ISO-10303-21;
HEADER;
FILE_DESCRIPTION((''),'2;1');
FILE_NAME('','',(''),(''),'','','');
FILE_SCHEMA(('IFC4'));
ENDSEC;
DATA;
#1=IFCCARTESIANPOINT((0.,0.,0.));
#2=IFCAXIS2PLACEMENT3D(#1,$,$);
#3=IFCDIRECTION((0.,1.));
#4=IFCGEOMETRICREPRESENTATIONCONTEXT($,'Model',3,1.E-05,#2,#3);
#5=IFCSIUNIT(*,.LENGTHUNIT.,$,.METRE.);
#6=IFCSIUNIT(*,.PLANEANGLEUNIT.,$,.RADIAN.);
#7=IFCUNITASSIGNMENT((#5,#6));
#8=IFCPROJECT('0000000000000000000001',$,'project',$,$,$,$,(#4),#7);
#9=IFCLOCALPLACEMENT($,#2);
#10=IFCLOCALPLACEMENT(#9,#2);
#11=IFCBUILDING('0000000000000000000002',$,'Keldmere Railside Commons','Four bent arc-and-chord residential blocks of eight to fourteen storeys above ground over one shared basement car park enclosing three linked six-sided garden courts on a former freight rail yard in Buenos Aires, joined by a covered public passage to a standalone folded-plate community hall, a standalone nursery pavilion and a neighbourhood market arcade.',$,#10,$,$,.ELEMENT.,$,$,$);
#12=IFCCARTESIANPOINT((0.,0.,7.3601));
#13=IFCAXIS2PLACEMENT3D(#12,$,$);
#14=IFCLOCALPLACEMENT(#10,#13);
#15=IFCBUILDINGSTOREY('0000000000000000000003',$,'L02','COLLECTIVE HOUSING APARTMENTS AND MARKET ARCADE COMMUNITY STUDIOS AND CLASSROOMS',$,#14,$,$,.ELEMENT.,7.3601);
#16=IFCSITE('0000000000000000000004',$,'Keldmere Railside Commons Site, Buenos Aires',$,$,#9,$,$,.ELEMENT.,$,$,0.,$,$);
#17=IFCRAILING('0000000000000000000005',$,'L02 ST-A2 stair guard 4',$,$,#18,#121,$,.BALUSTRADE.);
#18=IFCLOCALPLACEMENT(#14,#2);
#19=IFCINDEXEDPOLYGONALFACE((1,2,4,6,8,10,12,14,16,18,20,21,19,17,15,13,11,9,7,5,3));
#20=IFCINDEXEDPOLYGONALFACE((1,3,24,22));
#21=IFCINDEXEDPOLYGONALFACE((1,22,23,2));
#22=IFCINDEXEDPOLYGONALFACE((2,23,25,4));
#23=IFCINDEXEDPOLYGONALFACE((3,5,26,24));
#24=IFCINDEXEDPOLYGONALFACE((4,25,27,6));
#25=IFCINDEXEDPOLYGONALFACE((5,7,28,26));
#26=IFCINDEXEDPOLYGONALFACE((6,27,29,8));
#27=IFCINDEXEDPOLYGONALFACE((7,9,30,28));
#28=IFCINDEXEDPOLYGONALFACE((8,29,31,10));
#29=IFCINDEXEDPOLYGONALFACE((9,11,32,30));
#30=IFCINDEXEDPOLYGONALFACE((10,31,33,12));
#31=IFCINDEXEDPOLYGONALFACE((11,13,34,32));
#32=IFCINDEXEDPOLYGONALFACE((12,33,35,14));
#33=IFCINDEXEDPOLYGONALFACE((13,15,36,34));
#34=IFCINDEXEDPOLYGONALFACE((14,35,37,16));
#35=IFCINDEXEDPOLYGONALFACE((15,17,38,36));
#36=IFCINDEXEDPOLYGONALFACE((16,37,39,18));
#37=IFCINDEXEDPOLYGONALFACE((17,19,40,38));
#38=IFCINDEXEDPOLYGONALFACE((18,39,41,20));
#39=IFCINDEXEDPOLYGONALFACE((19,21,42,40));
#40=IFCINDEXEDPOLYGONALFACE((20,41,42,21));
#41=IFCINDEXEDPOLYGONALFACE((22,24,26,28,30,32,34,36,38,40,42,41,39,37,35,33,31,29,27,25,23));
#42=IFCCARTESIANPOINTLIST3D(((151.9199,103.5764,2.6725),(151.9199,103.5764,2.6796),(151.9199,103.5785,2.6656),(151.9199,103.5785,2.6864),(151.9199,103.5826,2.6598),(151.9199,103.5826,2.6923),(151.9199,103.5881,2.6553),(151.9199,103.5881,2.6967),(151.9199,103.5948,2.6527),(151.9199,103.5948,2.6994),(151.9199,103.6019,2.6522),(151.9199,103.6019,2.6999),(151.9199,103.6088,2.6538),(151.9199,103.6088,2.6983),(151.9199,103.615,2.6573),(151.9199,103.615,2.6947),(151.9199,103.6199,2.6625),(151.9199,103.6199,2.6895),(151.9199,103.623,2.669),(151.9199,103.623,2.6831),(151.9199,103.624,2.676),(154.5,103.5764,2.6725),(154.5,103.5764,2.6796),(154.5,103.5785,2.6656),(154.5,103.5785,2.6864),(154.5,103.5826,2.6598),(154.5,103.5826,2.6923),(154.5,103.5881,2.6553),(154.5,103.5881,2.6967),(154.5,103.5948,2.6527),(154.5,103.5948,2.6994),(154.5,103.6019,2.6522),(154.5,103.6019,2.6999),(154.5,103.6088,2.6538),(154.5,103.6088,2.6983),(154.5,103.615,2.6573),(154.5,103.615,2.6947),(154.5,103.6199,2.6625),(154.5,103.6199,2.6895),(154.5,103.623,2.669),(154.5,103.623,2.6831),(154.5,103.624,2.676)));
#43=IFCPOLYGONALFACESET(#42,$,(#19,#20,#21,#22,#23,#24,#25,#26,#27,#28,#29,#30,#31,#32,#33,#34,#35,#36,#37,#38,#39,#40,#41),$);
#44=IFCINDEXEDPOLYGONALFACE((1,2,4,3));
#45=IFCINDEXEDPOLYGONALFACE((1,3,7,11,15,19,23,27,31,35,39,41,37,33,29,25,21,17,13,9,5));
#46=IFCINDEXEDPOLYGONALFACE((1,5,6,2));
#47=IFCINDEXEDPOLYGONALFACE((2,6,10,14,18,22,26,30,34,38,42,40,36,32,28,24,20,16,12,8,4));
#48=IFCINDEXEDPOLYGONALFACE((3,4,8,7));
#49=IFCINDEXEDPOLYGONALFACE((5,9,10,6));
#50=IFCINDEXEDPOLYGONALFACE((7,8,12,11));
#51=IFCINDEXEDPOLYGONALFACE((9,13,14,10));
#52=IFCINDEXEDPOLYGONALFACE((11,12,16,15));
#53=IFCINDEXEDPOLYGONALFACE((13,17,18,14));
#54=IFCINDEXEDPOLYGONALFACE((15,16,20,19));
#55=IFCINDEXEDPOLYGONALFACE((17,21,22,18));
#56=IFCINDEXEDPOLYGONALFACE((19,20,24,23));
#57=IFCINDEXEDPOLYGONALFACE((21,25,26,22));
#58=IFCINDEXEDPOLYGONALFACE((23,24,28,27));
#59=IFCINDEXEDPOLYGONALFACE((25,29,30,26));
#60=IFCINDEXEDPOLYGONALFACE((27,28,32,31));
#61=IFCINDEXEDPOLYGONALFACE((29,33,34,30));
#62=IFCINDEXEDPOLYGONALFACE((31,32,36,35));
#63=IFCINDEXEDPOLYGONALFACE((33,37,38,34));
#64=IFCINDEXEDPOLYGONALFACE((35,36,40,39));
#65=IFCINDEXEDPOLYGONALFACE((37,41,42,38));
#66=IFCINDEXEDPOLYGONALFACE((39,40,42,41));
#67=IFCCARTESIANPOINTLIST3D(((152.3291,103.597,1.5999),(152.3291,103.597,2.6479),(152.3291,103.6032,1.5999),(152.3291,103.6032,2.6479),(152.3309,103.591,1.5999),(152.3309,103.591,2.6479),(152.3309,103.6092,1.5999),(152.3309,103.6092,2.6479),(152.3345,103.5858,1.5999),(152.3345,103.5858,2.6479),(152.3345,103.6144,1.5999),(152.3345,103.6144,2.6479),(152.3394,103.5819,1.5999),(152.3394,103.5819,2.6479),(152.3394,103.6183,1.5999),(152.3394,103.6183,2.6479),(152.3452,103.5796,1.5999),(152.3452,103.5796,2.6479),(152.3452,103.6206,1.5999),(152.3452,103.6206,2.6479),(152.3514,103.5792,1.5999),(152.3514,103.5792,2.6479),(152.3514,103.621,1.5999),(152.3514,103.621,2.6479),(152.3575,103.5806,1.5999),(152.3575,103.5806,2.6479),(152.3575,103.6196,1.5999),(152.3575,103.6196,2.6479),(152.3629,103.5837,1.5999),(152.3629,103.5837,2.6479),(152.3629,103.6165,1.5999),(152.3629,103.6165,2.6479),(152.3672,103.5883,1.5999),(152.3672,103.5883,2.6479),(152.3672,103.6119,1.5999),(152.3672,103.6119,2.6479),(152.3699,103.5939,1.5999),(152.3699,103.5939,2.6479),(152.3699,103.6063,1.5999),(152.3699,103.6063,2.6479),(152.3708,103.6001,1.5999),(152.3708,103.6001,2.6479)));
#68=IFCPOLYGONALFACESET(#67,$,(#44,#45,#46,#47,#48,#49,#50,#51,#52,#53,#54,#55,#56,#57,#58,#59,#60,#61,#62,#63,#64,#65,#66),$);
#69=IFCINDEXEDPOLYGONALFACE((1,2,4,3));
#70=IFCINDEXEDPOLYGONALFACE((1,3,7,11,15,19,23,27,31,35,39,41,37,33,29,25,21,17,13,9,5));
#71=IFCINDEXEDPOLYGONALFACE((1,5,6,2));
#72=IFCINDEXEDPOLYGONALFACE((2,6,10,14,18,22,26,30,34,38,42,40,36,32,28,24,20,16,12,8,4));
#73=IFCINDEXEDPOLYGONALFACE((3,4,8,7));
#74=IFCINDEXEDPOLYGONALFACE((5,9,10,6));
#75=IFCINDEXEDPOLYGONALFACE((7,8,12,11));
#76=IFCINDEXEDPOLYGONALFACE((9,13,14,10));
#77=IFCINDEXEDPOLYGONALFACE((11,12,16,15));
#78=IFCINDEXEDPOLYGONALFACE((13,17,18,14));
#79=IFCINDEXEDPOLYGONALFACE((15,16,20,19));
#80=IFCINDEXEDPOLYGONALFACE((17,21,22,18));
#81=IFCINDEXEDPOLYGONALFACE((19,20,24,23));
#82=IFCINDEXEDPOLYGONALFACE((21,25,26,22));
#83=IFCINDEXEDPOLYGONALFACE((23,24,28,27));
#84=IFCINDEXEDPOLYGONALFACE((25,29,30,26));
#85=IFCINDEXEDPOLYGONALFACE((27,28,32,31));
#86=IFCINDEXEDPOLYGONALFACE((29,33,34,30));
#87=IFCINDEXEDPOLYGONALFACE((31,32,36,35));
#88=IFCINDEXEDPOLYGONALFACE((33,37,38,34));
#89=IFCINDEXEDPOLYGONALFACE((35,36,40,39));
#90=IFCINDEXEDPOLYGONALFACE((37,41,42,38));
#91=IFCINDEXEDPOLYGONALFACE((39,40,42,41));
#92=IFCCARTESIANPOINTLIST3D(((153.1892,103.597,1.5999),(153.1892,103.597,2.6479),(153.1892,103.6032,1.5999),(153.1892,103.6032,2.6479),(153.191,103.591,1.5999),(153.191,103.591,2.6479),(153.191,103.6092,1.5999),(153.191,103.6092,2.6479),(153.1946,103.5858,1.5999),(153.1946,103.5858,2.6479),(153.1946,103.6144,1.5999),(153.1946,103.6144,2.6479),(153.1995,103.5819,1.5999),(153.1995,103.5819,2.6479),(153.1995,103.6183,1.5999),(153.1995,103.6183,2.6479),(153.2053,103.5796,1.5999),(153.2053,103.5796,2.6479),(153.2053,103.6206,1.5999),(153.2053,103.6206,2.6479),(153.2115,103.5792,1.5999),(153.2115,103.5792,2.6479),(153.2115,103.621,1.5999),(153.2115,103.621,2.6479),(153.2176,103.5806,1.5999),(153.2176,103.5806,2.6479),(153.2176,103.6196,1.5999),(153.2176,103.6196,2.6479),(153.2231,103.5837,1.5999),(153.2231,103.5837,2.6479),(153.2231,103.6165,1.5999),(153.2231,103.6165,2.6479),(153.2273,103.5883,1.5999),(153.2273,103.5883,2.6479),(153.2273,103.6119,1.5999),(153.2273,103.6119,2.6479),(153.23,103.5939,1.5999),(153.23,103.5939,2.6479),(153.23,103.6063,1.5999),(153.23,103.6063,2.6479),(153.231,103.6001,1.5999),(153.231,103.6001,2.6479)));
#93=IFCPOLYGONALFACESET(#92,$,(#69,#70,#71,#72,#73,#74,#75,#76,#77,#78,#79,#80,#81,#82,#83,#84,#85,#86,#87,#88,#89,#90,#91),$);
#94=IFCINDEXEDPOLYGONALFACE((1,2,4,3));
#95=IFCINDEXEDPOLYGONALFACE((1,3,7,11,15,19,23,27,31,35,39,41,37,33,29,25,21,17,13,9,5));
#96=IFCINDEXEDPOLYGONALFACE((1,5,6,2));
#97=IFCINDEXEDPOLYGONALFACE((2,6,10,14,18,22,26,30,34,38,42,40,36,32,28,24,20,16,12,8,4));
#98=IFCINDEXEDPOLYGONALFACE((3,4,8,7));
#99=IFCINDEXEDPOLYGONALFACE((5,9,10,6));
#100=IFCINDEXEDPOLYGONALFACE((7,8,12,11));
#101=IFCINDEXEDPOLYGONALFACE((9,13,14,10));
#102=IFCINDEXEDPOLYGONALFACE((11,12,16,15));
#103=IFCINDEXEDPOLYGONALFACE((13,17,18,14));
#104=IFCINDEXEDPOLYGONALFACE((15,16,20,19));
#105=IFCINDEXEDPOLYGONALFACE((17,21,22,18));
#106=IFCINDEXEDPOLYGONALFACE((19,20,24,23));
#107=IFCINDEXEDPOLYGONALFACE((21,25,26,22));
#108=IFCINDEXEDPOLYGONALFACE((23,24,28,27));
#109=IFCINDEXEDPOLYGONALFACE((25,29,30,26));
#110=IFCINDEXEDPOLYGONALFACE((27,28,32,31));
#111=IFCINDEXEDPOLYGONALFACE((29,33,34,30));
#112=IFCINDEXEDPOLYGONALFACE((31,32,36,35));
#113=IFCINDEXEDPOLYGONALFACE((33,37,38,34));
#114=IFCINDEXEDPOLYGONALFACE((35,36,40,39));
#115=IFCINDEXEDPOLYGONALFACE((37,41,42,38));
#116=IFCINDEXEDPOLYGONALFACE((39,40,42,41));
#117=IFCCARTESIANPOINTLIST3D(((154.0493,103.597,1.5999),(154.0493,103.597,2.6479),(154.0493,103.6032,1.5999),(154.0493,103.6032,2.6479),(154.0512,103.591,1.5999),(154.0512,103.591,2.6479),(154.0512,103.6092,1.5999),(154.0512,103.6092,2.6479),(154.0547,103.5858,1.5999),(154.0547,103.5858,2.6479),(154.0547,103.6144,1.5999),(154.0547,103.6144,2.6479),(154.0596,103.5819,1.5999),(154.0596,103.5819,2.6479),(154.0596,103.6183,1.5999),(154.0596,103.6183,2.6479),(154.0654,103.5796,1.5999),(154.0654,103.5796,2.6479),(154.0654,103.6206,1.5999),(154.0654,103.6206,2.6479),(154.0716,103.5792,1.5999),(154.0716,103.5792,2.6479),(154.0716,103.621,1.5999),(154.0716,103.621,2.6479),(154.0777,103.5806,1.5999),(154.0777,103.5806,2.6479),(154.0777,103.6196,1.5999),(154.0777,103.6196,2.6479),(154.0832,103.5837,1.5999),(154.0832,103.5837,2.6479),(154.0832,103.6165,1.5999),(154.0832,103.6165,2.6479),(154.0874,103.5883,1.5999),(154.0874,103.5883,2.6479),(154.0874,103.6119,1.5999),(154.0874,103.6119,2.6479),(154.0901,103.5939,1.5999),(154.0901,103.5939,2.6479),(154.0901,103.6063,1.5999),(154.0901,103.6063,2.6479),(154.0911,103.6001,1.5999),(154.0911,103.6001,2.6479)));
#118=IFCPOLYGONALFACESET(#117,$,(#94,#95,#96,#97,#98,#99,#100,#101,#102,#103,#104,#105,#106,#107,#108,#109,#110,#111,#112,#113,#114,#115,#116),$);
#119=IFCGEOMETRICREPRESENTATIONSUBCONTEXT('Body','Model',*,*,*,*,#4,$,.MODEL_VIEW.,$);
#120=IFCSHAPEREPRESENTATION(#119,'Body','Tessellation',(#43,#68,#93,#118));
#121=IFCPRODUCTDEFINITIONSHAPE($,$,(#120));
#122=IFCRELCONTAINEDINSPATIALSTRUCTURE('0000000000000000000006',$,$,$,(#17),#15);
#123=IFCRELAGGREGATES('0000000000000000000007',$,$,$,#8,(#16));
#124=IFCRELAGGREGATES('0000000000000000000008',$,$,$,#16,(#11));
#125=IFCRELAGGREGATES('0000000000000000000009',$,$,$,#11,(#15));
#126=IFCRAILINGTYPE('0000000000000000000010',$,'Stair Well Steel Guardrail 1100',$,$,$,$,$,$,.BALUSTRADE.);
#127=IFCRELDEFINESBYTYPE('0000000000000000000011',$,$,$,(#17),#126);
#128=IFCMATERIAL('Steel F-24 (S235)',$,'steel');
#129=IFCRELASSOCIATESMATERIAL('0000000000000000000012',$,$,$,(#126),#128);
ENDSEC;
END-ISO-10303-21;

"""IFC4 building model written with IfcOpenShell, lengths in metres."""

from ifc_helpers import new_model, si_unit, direction, frame, origin, origin_2d, place, context, subcontext, project, spatial, circle, extrude, material, type_object, element, save


model = new_model("IFC4")

# Units and contexts
model_context = context("Model", 3, precision=1e-05, world=origin(), true_north=direction((0.0, 1.0)))
body_context = subcontext(model_context, "Body", "Model", "MODEL_VIEW")
ifc_project = project(units=[si_unit("LENGTHUNIT", "METRE"), si_unit("PLANEANGLEUNIT", "RADIAN")], contexts=[model_context])

# Site, building, storey
site_placement = place(None, origin())
site = spatial("IfcSite", under=ifc_project, at=site_placement, Name="Keldmere Railside Commons Site, Buenos Aires", CompositionType="ELEMENT", RefElevation=0.0)
building_placement = place(site_placement, origin())
building = spatial("IfcBuilding", under=site, at=building_placement, Name="Keldmere Railside Commons", Description="Four bent arc-and-chord residential blocks of eight to fourteen storeys above ground over one shared basement car park enclosing three linked six-sided garden courts on a former freight rail yard in Buenos Aires, joined by a covered public passage to a standalone folded-plate community hall, a standalone nursery pavilion and a neighbourhood market arcade.", CompositionType="ELEMENT")
storey_placement = place(building_placement, frame((0.0, 0.0, 7.3601)))
storey = spatial("IfcBuildingStorey", under=building, at=storey_placement, Name="L02", Description="COLLECTIVE HOUSING APARTMENTS AND MARKET ARCADE COMMUNITY STUDIOS AND CLASSROOMS", CompositionType="ELEMENT", Elevation=7.3601)

# Shared definitions
ifc_material_1 = material(Name="Steel F-24 (S235)", Category="steel")

# Railing
railing_type_1 = type_object("IfcRailingType", Name="Stair Well Steel Guardrail 1100", PredefinedType="BALUSTRADE", material=ifc_material_1)
railing_1_placement = place(storey_placement, frame((151.9199, 103.6001, 1.5999)))
element("IfcRailing", 1, at=railing_1_placement, inside=storey, type_object=railing_type_1, Name="L02 ST-A2 stair guard 4", PredefinedType="BALUSTRADE", context=body_context, shape_type="SweptSolid", body=[
    extrude(circle(Radius=0.0239, at=origin_2d()), frame((0.0, 0.0, 1.0762), z_axis=(1.0, 0.0, 0.0), x_axis=(0.0, 1.0, 0.0)), (0.0, 0.0, 1.0), 2.5801),
    extrude(circle(Radius=0.021, at=origin_2d()), frame((0.4299, 0.0, 0.0)), (0.0, 0.0, 1.0), 1.0481),
    extrude(circle(Radius=0.021, at=origin_2d()), frame((1.29, 0.0, 0.0)), (0.0, 0.0, 1.0), 1.0481),
    extrude(circle(Radius=0.021, at=origin_2d()), frame((2.1501, 0.0, 0.0)), (0.0, 0.0, 1.0), 1.0481),
])

save(model, "model.ifc")
